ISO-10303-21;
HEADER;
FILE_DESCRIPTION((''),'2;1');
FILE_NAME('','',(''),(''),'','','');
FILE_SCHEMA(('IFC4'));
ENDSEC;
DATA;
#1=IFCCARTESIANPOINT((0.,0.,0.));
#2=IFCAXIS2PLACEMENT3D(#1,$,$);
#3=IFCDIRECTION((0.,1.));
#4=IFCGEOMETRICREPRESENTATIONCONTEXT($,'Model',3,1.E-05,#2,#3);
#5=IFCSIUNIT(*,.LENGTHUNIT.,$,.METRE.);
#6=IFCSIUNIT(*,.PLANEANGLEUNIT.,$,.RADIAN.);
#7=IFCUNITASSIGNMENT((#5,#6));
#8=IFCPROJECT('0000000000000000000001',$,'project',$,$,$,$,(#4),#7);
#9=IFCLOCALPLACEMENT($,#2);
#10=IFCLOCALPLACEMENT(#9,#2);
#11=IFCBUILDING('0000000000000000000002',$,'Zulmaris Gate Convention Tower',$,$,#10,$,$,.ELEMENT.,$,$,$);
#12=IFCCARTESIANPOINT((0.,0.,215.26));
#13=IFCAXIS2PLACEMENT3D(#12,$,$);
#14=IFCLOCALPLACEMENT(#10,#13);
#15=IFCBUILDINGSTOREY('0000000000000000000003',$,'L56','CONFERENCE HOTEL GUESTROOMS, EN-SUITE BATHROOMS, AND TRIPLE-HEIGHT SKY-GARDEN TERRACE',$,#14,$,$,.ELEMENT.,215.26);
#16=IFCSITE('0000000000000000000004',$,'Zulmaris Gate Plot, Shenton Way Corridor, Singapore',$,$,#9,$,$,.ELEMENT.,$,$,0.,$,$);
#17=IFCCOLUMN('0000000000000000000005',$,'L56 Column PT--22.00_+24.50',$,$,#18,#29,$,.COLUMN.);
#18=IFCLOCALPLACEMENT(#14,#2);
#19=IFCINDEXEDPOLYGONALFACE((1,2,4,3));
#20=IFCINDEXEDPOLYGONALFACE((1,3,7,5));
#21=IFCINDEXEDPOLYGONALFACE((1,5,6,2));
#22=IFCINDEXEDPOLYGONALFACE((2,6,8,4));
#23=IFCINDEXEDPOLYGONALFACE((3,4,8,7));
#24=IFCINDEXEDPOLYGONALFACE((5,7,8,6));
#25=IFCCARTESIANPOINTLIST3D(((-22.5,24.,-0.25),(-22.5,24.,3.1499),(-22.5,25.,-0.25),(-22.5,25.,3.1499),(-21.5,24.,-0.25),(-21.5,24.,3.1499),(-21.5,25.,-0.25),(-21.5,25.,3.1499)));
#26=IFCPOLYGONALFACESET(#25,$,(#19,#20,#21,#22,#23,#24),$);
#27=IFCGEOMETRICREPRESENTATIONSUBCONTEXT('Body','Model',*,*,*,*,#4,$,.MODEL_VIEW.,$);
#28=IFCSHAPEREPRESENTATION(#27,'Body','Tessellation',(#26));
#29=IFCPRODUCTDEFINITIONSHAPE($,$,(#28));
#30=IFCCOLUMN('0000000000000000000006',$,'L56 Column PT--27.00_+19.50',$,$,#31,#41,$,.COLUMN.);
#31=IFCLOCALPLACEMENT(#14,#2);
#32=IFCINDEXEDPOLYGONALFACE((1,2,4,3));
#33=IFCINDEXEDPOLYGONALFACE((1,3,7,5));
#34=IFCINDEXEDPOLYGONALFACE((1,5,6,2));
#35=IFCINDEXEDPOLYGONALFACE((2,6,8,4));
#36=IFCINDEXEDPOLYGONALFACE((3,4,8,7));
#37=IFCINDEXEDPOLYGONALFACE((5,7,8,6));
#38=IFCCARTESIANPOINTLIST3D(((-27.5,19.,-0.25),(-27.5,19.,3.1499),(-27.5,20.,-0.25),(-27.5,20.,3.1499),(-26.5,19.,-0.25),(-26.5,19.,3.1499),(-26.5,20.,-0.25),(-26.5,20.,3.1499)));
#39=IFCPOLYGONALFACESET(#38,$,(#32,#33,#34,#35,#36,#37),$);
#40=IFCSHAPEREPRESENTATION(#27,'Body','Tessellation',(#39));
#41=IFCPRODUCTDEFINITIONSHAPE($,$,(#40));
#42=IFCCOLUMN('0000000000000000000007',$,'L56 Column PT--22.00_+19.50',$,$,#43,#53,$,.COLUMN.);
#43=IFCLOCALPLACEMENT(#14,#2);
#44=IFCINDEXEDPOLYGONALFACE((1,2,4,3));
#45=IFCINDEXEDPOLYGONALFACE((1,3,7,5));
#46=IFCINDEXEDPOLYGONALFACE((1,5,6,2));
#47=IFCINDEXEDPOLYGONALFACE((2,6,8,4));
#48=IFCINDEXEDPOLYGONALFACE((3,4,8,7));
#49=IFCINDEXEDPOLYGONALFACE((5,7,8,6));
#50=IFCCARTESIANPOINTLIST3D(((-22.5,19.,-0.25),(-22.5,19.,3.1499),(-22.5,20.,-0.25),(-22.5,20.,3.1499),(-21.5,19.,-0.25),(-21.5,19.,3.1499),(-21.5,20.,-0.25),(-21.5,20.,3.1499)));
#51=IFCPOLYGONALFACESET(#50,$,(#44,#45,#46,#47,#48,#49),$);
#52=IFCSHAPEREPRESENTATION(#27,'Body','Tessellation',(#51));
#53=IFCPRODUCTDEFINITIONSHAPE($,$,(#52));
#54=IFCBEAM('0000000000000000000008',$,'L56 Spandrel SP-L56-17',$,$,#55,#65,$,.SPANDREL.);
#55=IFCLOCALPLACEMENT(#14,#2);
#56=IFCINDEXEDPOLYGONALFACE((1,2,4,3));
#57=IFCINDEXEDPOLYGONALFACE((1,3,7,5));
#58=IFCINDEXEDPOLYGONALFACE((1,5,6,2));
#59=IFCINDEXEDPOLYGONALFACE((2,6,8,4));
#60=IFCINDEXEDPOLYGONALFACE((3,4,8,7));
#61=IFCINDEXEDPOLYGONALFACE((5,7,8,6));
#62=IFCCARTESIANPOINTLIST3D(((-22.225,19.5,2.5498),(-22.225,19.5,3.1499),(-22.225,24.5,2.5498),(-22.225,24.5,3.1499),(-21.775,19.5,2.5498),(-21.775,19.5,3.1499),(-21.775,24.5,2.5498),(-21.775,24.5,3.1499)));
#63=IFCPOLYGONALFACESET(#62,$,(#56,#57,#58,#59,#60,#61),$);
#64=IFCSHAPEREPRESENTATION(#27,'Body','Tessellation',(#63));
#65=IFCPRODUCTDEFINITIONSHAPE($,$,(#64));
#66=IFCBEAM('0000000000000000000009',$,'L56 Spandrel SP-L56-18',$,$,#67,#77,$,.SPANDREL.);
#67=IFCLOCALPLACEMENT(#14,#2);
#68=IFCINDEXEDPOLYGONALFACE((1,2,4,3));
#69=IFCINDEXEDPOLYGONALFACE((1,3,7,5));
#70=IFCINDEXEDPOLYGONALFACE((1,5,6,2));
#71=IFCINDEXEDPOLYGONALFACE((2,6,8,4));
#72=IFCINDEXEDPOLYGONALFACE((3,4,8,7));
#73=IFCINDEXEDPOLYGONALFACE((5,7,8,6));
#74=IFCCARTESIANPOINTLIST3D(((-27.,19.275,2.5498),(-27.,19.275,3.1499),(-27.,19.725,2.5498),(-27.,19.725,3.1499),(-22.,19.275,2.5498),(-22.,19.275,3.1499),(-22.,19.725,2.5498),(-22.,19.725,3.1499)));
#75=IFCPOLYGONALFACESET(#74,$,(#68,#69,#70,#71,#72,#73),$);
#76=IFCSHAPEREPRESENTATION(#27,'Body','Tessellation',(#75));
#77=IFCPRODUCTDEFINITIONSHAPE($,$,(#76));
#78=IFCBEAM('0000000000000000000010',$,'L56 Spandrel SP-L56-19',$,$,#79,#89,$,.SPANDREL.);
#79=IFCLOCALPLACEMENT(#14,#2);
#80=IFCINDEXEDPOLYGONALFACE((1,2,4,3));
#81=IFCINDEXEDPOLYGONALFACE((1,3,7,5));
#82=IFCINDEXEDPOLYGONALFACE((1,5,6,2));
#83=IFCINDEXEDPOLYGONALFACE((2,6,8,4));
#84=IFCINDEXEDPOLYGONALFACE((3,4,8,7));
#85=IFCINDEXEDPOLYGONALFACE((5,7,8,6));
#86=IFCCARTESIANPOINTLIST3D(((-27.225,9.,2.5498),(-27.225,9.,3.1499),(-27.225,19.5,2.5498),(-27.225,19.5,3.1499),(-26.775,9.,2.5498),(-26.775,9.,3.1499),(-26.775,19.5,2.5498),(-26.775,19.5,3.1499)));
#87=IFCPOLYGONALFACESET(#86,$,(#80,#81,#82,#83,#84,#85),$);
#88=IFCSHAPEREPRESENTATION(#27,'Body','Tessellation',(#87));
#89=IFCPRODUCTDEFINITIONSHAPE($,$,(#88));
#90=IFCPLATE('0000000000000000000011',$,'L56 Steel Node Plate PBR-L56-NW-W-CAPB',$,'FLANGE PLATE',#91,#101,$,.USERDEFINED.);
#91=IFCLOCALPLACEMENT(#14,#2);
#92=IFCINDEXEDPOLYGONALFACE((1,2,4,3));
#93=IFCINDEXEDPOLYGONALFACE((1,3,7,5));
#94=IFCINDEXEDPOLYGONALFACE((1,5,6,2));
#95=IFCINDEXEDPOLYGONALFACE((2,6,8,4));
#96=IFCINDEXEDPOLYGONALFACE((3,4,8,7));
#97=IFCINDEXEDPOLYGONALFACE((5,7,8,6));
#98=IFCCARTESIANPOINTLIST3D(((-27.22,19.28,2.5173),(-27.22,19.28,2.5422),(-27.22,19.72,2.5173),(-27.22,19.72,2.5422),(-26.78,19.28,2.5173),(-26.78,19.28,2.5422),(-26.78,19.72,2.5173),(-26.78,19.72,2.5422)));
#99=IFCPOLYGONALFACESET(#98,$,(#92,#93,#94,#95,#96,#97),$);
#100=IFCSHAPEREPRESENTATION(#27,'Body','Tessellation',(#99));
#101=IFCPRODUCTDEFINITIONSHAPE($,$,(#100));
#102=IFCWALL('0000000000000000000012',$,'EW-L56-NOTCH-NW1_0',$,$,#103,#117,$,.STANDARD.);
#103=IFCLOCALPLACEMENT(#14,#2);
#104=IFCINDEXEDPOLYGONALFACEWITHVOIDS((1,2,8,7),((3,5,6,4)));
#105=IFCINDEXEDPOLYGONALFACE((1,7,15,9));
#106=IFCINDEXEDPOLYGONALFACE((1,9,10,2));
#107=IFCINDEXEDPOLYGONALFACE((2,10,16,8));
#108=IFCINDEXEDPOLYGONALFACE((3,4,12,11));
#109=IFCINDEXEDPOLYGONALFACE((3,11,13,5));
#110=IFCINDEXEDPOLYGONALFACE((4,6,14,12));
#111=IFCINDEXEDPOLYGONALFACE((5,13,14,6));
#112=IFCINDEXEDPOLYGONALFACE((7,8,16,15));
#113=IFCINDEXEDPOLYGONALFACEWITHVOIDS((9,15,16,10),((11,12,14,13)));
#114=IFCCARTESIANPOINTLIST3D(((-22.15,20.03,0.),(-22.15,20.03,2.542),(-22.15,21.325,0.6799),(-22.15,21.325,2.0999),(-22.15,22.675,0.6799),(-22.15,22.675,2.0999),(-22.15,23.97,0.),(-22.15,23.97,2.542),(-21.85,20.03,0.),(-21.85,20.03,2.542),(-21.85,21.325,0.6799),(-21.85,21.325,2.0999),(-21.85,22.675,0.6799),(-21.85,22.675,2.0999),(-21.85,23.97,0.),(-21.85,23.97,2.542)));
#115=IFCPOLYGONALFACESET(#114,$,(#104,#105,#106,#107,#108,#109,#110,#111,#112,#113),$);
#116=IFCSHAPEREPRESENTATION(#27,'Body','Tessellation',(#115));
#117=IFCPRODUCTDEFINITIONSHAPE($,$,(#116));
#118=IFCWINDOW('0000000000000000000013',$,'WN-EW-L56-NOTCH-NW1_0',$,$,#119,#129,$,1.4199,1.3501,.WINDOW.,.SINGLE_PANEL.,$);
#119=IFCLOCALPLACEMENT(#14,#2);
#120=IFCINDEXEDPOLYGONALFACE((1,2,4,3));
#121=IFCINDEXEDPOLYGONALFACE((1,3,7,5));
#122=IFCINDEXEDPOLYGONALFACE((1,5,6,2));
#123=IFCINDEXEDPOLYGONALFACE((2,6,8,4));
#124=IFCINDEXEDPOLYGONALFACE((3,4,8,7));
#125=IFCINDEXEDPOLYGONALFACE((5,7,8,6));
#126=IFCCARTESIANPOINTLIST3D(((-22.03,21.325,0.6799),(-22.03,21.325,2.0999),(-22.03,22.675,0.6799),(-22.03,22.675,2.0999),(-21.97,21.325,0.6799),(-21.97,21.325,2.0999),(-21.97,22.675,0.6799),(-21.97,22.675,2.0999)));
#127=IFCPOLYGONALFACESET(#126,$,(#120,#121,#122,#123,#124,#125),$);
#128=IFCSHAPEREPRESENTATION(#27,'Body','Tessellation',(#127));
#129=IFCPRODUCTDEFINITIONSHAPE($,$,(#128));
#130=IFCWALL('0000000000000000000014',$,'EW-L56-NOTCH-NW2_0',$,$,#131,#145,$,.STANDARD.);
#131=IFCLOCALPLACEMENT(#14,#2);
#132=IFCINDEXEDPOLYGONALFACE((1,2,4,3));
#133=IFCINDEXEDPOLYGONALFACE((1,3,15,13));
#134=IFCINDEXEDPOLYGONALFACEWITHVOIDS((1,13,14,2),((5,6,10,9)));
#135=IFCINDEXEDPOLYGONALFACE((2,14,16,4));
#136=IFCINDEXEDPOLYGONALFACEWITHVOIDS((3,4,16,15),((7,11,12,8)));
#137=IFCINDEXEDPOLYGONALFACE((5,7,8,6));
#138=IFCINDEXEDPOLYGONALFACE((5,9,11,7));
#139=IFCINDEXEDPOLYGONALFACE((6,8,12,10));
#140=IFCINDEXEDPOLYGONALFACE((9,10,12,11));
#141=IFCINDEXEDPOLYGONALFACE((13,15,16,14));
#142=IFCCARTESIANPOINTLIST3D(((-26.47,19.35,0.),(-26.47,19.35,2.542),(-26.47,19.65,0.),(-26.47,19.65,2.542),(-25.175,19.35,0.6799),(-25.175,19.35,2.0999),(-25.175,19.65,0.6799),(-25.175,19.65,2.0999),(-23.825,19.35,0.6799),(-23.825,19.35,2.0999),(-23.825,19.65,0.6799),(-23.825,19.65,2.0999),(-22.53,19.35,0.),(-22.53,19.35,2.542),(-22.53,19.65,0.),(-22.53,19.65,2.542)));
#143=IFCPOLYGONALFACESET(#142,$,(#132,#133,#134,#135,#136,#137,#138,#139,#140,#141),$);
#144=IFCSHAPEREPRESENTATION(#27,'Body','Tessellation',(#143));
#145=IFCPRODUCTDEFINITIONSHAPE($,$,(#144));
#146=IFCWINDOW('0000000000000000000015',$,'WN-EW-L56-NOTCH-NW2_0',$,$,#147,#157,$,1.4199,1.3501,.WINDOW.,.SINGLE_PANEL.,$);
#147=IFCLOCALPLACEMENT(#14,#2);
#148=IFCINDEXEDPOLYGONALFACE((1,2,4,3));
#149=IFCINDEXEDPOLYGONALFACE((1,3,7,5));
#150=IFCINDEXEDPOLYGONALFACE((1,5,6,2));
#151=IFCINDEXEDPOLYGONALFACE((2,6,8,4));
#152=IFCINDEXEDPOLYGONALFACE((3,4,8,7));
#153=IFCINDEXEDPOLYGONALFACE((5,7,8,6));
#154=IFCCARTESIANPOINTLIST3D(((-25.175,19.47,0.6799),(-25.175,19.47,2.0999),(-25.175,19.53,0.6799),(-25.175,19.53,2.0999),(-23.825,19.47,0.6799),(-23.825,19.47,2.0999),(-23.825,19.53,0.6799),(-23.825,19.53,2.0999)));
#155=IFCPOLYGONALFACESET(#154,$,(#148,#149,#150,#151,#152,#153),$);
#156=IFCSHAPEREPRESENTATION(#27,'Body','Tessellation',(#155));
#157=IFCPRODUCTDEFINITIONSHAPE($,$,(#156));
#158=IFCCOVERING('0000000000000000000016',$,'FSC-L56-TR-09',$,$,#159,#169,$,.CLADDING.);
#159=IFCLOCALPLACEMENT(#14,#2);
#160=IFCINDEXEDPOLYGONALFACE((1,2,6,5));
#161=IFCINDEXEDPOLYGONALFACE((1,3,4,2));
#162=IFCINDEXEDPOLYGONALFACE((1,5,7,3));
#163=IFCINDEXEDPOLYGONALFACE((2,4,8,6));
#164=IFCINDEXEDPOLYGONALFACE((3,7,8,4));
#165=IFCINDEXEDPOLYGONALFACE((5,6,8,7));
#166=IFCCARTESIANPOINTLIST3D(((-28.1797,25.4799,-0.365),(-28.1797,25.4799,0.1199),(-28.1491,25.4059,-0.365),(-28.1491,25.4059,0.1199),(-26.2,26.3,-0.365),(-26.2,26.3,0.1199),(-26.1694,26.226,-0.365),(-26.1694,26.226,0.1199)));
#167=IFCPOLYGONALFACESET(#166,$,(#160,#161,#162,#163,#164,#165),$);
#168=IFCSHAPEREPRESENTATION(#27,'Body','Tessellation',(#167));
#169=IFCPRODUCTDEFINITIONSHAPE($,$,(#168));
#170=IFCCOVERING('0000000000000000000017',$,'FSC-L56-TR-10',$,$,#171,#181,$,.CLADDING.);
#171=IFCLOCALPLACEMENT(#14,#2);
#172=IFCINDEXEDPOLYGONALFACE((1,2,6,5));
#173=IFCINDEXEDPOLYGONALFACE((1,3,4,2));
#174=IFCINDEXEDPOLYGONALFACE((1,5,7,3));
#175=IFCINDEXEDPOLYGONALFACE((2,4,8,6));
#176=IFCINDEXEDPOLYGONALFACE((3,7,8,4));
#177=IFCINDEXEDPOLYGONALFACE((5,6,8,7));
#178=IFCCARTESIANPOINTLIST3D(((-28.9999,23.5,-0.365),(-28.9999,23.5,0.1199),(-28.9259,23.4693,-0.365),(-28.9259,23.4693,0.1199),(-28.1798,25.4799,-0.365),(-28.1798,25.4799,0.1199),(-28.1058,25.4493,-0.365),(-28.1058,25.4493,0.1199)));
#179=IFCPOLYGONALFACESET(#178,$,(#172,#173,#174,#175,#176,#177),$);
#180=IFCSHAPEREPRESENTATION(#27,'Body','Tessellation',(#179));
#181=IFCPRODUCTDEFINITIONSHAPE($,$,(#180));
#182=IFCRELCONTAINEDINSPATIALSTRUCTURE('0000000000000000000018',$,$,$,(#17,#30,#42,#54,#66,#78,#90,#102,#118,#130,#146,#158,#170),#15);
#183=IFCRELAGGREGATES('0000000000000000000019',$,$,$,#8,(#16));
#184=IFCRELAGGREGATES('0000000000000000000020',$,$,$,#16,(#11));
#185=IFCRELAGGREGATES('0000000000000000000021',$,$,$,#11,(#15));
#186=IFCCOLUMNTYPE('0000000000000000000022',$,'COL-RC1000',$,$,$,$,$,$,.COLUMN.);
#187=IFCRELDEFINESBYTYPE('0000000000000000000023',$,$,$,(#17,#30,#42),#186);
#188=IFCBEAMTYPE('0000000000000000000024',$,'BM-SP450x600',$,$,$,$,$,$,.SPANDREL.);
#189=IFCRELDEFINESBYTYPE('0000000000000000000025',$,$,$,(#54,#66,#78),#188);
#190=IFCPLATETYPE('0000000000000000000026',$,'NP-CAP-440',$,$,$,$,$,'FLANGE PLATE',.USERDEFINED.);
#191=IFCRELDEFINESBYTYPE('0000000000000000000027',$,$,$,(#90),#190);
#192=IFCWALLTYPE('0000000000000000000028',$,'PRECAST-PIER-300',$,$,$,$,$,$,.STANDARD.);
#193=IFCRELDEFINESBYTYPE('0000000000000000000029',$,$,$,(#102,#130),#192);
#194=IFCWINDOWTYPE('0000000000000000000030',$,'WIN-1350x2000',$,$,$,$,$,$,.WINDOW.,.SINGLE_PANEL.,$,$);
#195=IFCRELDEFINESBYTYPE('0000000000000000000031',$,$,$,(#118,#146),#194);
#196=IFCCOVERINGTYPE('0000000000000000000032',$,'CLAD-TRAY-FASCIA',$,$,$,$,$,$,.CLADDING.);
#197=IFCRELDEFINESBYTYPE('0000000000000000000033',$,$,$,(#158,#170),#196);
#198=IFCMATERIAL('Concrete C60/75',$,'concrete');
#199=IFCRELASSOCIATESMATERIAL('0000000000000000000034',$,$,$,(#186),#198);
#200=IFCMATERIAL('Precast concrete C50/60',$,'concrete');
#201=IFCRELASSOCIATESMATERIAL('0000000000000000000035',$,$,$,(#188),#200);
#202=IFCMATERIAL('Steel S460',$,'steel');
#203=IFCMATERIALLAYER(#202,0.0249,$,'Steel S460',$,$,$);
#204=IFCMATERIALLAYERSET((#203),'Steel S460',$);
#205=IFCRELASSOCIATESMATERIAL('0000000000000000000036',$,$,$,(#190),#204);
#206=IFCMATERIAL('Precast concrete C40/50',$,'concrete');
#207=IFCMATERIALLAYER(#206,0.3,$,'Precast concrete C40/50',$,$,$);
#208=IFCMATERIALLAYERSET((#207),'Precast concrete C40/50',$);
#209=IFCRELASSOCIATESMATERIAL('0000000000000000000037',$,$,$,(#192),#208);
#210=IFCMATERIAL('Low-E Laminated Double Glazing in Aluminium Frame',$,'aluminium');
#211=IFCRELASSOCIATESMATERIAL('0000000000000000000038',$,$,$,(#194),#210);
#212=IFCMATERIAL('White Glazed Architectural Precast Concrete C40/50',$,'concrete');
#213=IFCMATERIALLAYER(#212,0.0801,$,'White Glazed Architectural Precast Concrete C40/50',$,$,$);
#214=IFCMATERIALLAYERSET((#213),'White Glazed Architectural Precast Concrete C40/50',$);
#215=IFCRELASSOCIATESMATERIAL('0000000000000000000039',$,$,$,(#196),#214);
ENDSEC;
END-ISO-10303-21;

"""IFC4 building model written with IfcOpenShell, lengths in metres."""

from ifc_helpers import new_model, si_unit, direction, frame, frame_2d, origin, origin_2d, place, context, subcontext, project, spatial, rectangle, extrude, material, layer, layer_set, material_profile, profile_set, type_object, element, fill, save


model = new_model("IFC4")

# Units and contexts
model_context = context("Model", 3, precision=1e-05, world=origin(), true_north=direction((0.0, 1.0)))
body_context = subcontext(model_context, "Body", "Model", "MODEL_VIEW")
ifc_project = project(units=[si_unit("LENGTHUNIT", "METRE"), si_unit("PLANEANGLEUNIT", "RADIAN")], contexts=[model_context])

# Site, building, storey
site_placement = place(None, origin())
site = spatial("IfcSite", under=ifc_project, at=site_placement, Name="Zulmaris Gate Plot, Shenton Way Corridor, Singapore", CompositionType="ELEMENT", RefElevation=0.0)
building_placement = place(site_placement, origin())
building = spatial("IfcBuilding", under=site, at=building_placement, Name="Zulmaris Gate Convention Tower", CompositionType="ELEMENT")
storey_placement = place(building_placement, frame((0.0, 0.0, 215.26)))
storey = spatial("IfcBuildingStorey", under=building, at=storey_placement, Name="L56", Description="CONFERENCE HOTEL GUESTROOMS, EN-SUITE BATHROOMS, AND TRIPLE-HEIGHT SKY-GARDEN TERRACE", CompositionType="ELEMENT", Elevation=215.26)

# Columns
ifc_material_1 = material(Name="Concrete C60/75", Category="concrete")
ifc_material_profile_1 = material_profile(ifc_material_1, rectangle(XDim=1.0, YDim=1.0, at=origin_2d()), Name="RC COL 1000x1000")
ifc_profile_set_1 = profile_set([ifc_material_profile_1], Name="Concrete C60/75")
column_type = type_object("IfcColumnType", Name="COL-RC1000", PredefinedType="COLUMN", material=ifc_profile_set_1)
for number, where, z_axis, x_axis, name in (
    (1, (-22.0, 24.5, -0.25), (0.0, 0.0, 1.0), (1.0, 0.0, 0.0), "L56 Column PT--22.00_+24.50"),
    (2, (-27.0, 19.5, -0.25), (0.0, 0.0, 1.0), (1.0, 0.0, 0.0), "L56 Column PT--27.00_+19.50"),
    (3, (-22.0, 19.5, -0.25), (0.0, 0.0, 1.0), (1.0, 0.0, 0.0), "L56 Column PT--22.00_+19.50"),
):
    element("IfcColumn", number, at=place(storey_placement, frame(where, z_axis=z_axis, x_axis=x_axis)), inside=storey, type_object=column_type, Name=name, PredefinedType="COLUMN", context=body_context, shape_type="SweptSolid", body=[
        extrude(rectangle(XDim=1.0, YDim=1.0, at=origin_2d()), origin(), (0.0, 0.0, 1.0), 3.3999),
    ])

# Beams
ifc_material_2 = material(Name="Precast concrete C50/60", Category="concrete")
ifc_material_profile_2 = material_profile(ifc_material_2, rectangle(XDim=0.45, YDim=0.6001, at=origin_2d()), Name="RC SPANDREL 450x600")
ifc_profile_set_2 = profile_set([ifc_material_profile_2], Name="Precast concrete C50/60")
beam_type = type_object("IfcBeamType", Name="BM-SP450x600", PredefinedType="SPANDREL", material=ifc_profile_set_2)
for number, where, z_axis, x_axis, name in (
    (4, (-22.0, 24.5, 2.8499), (0.0, -1.0, 0.0), (1.0, 0.0, 0.0), "L56 Spandrel SP-L56-17"),
    (5, (-22.0, 19.5, 2.8499), (-1.0, 0.0, 0.0), (0.0, -1.0, 0.0), "L56 Spandrel SP-L56-18"),
):
    element("IfcBeam", number, at=place(storey_placement, frame(where, z_axis=z_axis, x_axis=x_axis)), inside=storey, type_object=beam_type, Name=name, PredefinedType="SPANDREL", context=body_context, shape_type="SweptSolid", body=[
        extrude(rectangle(XDim=0.45, YDim=0.6001, at=origin_2d()), origin(), (0.0, 0.0, 1.0), 5.0),
    ])
beam_placement = place(storey_placement, frame((-27.0, 19.5, 2.8499), z_axis=(0.0, -1.0, 0.0), x_axis=(1.0, 0.0, 0.0)))
element("IfcBeam", 6, at=beam_placement, inside=storey, type_object=beam_type, Name="L56 Spandrel SP-L56-19", PredefinedType="SPANDREL", context=body_context, shape_type="SweptSolid", body=[
    extrude(rectangle(XDim=0.45, YDim=0.6001, at=origin_2d()), origin(), (0.0, 0.0, 1.0), 10.5),
])

# Plate
ifc_material_3 = material(Name="Steel S460", Category="steel")
ifc_layer_1 = layer(ifc_material_3, 0.0249, Name="Steel S460")
ifc_layer_set_1 = layer_set([ifc_layer_1], Name="Steel S460")
plate_type = type_object("IfcPlateType", Name="NP-CAP-440", ElementType="FLANGE PLATE", PredefinedType="USERDEFINED", material=ifc_layer_set_1)
plate_placement = place(storey_placement, frame((-27.0, 19.5, 2.5173), z_axis=(0.0, 0.0, 1.0), x_axis=(1.0, 0.0, 0.0)))
element("IfcPlate", 7, at=plate_placement, inside=storey, type_object=plate_type, Name="L56 Steel Node Plate PBR-L56-NW-W-CAPB", ObjectType="FLANGE PLATE", PredefinedType="USERDEFINED", context=body_context, shape_type="SweptSolid", body=[
    extrude(rectangle(XDim=0.4399, YDim=0.4399, at=origin_2d()), origin(), (0.0, 0.0, 1.0), 0.0249),
])

# Walls, openings, windows
ifc_material_4 = material(Name="Precast concrete C40/50", Category="concrete")
ifc_layer_2 = layer(ifc_material_4, 0.3, Name="Precast concrete C40/50")
ifc_layer_set_2 = layer_set([ifc_layer_2], Name="Precast concrete C40/50")
wall_type = type_object("IfcWallType", Name="PRECAST-PIER-300", PredefinedType="STANDARD", material=ifc_layer_set_2)
wall_1_placement = place(storey_placement, frame((-22.0, 23.97, 0.0), z_axis=(0.0, 0.0, 1.0), x_axis=(0.0, -1.0, 0.0)))
wall_1 = element("IfcWall", 8, at=wall_1_placement, inside=storey, type_object=wall_type, Name="EW-L56-NOTCH-NW1_0", PredefinedType="STANDARD", context=body_context, shape_type="SweptSolid", body=[
    extrude(rectangle(XDim=3.9399, YDim=0.3, at=frame_2d((1.97, 0.0))), origin(), (0.0, 0.0, 1.0), 2.542),
])
opening_1_placement = place(wall_1_placement, frame((1.2949, 0.0, 0.6799)))
opening_1 = element("IfcOpeningElement", 9, at=opening_1_placement, cuts=wall_1, PredefinedType="OPENING", context=body_context, shape_type="SweptSolid", body=[
    extrude(rectangle(XDim=1.3501, YDim=1.4199, at=frame_2d((0.675, 0.71))), frame((0.0, 0.1602, 0.0), z_axis=(0.0, -1.0, 0.0), x_axis=(1.0, 0.0, 0.0)), (0.0, 0.0, 1.0), 0.3201),
])
ifc_material_5 = material(Name="Low-E Laminated Double Glazing in Aluminium Frame", Category="aluminium")
window_type = type_object("IfcWindowType", Name="WIN-1350x2000", PartitioningType="SINGLE_PANEL", PredefinedType="WINDOW", material=ifc_material_5)
window_1_placement = place(opening_1_placement, origin())
window_1 = element("IfcWindow", 10, at=window_1_placement, inside=storey, type_object=window_type, Name="WN-EW-L56-NOTCH-NW1_0", OverallHeight=1.4199, OverallWidth=1.3501, PartitioningType="SINGLE_PANEL", PredefinedType="WINDOW", context=body_context, shape_type="SweptSolid", body=[
    extrude(rectangle(XDim=1.3501, YDim=1.4199, at=frame_2d((0.675, 0.71))), frame((0.0, 0.03, 0.0), z_axis=(0.0, -1.0, 0.0), x_axis=(1.0, 0.0, 0.0)), (0.0, 0.0, 1.0), 0.0601),
])
fill(opening_1, window_1)
wall_2_placement = place(storey_placement, frame((-22.53, 19.5, 0.0), z_axis=(0.0, 0.0, 1.0), x_axis=(-1.0, 0.0, 0.0)))
wall_2 = element("IfcWall", 11, at=wall_2_placement, inside=storey, type_object=wall_type, Name="EW-L56-NOTCH-NW2_0", PredefinedType="STANDARD", context=body_context, shape_type="SweptSolid", body=[
    extrude(rectangle(XDim=3.9399, YDim=0.3, at=frame_2d((1.97, 0.0))), origin(), (0.0, 0.0, 1.0), 2.542),
])
opening_2_placement = place(wall_2_placement, frame((1.2949, 0.0, 0.6799)))
opening_2 = element("IfcOpeningElement", 12, at=opening_2_placement, cuts=wall_2, PredefinedType="OPENING", context=body_context, shape_type="SweptSolid", body=[
    extrude(rectangle(XDim=1.3501, YDim=1.4199, at=frame_2d((0.675, 0.71))), frame((0.0, 0.1602, 0.0), z_axis=(0.0, -1.0, 0.0), x_axis=(1.0, 0.0, 0.0)), (0.0, 0.0, 1.0), 0.3201),
])
window_2_placement = place(opening_2_placement, origin())
window_2 = element("IfcWindow", 13, at=window_2_placement, inside=storey, type_object=window_type, Name="WN-EW-L56-NOTCH-NW2_0", OverallHeight=1.4199, OverallWidth=1.3501, PartitioningType="SINGLE_PANEL", PredefinedType="WINDOW", context=body_context, shape_type="SweptSolid", body=[
    extrude(rectangle(XDim=1.3501, YDim=1.4199, at=frame_2d((0.675, 0.71))), frame((0.0, 0.03, 0.0), z_axis=(0.0, -1.0, 0.0), x_axis=(1.0, 0.0, 0.0)), (0.0, 0.0, 1.0), 0.0601),
])
fill(opening_2, window_2)

# Coverings
ifc_material_6 = material(Name="White Glazed Architectural Precast Concrete C40/50", Category="concrete")
ifc_layer_3 = layer(ifc_material_6, 0.0801, Name="White Glazed Architectural Precast Concrete C40/50")
ifc_layer_set_3 = layer_set([ifc_layer_3], Name="White Glazed Architectural Precast Concrete C40/50")
covering_type = type_object("IfcCoveringType", Name="CLAD-TRAY-FASCIA", PredefinedType="CLADDING", material=ifc_layer_set_3)
covering_1_placement = place(storey_placement, frame((-26.1848, 26.2629, -0.365), z_axis=(0.0, 0.0, 1.0), x_axis=(-0.923874, -0.382697, 0.0)))
element("IfcCovering", 14, at=covering_1_placement, inside=storey, type_object=covering_type, Name="FSC-L56-TR-09", PredefinedType="CLADDING", context=body_context, shape_type="SweptSolid", body=[
    extrude(rectangle(XDim=2.1428, YDim=0.0801, at=frame_2d((1.0713, 0.0))), origin(), (0.0, 0.0, 1.0), 0.4849),
])
covering_2_placement = place(storey_placement, frame((-28.1428, 25.4646, -0.365), z_axis=(0.0, 0.0, 1.0), x_axis=(-0.382657, -0.92389, 0.0)))
element("IfcCovering", 15, at=covering_2_placement, inside=storey, type_object=covering_type, Name="FSC-L56-TR-10", PredefinedType="CLADDING", context=body_context, shape_type="SweptSolid", body=[
    extrude(rectangle(XDim=2.1431, YDim=0.0801, at=frame_2d((1.0715, 0.0))), origin(), (0.0, 0.0, 1.0), 0.4849),
])

save(model, "model.ifc")
